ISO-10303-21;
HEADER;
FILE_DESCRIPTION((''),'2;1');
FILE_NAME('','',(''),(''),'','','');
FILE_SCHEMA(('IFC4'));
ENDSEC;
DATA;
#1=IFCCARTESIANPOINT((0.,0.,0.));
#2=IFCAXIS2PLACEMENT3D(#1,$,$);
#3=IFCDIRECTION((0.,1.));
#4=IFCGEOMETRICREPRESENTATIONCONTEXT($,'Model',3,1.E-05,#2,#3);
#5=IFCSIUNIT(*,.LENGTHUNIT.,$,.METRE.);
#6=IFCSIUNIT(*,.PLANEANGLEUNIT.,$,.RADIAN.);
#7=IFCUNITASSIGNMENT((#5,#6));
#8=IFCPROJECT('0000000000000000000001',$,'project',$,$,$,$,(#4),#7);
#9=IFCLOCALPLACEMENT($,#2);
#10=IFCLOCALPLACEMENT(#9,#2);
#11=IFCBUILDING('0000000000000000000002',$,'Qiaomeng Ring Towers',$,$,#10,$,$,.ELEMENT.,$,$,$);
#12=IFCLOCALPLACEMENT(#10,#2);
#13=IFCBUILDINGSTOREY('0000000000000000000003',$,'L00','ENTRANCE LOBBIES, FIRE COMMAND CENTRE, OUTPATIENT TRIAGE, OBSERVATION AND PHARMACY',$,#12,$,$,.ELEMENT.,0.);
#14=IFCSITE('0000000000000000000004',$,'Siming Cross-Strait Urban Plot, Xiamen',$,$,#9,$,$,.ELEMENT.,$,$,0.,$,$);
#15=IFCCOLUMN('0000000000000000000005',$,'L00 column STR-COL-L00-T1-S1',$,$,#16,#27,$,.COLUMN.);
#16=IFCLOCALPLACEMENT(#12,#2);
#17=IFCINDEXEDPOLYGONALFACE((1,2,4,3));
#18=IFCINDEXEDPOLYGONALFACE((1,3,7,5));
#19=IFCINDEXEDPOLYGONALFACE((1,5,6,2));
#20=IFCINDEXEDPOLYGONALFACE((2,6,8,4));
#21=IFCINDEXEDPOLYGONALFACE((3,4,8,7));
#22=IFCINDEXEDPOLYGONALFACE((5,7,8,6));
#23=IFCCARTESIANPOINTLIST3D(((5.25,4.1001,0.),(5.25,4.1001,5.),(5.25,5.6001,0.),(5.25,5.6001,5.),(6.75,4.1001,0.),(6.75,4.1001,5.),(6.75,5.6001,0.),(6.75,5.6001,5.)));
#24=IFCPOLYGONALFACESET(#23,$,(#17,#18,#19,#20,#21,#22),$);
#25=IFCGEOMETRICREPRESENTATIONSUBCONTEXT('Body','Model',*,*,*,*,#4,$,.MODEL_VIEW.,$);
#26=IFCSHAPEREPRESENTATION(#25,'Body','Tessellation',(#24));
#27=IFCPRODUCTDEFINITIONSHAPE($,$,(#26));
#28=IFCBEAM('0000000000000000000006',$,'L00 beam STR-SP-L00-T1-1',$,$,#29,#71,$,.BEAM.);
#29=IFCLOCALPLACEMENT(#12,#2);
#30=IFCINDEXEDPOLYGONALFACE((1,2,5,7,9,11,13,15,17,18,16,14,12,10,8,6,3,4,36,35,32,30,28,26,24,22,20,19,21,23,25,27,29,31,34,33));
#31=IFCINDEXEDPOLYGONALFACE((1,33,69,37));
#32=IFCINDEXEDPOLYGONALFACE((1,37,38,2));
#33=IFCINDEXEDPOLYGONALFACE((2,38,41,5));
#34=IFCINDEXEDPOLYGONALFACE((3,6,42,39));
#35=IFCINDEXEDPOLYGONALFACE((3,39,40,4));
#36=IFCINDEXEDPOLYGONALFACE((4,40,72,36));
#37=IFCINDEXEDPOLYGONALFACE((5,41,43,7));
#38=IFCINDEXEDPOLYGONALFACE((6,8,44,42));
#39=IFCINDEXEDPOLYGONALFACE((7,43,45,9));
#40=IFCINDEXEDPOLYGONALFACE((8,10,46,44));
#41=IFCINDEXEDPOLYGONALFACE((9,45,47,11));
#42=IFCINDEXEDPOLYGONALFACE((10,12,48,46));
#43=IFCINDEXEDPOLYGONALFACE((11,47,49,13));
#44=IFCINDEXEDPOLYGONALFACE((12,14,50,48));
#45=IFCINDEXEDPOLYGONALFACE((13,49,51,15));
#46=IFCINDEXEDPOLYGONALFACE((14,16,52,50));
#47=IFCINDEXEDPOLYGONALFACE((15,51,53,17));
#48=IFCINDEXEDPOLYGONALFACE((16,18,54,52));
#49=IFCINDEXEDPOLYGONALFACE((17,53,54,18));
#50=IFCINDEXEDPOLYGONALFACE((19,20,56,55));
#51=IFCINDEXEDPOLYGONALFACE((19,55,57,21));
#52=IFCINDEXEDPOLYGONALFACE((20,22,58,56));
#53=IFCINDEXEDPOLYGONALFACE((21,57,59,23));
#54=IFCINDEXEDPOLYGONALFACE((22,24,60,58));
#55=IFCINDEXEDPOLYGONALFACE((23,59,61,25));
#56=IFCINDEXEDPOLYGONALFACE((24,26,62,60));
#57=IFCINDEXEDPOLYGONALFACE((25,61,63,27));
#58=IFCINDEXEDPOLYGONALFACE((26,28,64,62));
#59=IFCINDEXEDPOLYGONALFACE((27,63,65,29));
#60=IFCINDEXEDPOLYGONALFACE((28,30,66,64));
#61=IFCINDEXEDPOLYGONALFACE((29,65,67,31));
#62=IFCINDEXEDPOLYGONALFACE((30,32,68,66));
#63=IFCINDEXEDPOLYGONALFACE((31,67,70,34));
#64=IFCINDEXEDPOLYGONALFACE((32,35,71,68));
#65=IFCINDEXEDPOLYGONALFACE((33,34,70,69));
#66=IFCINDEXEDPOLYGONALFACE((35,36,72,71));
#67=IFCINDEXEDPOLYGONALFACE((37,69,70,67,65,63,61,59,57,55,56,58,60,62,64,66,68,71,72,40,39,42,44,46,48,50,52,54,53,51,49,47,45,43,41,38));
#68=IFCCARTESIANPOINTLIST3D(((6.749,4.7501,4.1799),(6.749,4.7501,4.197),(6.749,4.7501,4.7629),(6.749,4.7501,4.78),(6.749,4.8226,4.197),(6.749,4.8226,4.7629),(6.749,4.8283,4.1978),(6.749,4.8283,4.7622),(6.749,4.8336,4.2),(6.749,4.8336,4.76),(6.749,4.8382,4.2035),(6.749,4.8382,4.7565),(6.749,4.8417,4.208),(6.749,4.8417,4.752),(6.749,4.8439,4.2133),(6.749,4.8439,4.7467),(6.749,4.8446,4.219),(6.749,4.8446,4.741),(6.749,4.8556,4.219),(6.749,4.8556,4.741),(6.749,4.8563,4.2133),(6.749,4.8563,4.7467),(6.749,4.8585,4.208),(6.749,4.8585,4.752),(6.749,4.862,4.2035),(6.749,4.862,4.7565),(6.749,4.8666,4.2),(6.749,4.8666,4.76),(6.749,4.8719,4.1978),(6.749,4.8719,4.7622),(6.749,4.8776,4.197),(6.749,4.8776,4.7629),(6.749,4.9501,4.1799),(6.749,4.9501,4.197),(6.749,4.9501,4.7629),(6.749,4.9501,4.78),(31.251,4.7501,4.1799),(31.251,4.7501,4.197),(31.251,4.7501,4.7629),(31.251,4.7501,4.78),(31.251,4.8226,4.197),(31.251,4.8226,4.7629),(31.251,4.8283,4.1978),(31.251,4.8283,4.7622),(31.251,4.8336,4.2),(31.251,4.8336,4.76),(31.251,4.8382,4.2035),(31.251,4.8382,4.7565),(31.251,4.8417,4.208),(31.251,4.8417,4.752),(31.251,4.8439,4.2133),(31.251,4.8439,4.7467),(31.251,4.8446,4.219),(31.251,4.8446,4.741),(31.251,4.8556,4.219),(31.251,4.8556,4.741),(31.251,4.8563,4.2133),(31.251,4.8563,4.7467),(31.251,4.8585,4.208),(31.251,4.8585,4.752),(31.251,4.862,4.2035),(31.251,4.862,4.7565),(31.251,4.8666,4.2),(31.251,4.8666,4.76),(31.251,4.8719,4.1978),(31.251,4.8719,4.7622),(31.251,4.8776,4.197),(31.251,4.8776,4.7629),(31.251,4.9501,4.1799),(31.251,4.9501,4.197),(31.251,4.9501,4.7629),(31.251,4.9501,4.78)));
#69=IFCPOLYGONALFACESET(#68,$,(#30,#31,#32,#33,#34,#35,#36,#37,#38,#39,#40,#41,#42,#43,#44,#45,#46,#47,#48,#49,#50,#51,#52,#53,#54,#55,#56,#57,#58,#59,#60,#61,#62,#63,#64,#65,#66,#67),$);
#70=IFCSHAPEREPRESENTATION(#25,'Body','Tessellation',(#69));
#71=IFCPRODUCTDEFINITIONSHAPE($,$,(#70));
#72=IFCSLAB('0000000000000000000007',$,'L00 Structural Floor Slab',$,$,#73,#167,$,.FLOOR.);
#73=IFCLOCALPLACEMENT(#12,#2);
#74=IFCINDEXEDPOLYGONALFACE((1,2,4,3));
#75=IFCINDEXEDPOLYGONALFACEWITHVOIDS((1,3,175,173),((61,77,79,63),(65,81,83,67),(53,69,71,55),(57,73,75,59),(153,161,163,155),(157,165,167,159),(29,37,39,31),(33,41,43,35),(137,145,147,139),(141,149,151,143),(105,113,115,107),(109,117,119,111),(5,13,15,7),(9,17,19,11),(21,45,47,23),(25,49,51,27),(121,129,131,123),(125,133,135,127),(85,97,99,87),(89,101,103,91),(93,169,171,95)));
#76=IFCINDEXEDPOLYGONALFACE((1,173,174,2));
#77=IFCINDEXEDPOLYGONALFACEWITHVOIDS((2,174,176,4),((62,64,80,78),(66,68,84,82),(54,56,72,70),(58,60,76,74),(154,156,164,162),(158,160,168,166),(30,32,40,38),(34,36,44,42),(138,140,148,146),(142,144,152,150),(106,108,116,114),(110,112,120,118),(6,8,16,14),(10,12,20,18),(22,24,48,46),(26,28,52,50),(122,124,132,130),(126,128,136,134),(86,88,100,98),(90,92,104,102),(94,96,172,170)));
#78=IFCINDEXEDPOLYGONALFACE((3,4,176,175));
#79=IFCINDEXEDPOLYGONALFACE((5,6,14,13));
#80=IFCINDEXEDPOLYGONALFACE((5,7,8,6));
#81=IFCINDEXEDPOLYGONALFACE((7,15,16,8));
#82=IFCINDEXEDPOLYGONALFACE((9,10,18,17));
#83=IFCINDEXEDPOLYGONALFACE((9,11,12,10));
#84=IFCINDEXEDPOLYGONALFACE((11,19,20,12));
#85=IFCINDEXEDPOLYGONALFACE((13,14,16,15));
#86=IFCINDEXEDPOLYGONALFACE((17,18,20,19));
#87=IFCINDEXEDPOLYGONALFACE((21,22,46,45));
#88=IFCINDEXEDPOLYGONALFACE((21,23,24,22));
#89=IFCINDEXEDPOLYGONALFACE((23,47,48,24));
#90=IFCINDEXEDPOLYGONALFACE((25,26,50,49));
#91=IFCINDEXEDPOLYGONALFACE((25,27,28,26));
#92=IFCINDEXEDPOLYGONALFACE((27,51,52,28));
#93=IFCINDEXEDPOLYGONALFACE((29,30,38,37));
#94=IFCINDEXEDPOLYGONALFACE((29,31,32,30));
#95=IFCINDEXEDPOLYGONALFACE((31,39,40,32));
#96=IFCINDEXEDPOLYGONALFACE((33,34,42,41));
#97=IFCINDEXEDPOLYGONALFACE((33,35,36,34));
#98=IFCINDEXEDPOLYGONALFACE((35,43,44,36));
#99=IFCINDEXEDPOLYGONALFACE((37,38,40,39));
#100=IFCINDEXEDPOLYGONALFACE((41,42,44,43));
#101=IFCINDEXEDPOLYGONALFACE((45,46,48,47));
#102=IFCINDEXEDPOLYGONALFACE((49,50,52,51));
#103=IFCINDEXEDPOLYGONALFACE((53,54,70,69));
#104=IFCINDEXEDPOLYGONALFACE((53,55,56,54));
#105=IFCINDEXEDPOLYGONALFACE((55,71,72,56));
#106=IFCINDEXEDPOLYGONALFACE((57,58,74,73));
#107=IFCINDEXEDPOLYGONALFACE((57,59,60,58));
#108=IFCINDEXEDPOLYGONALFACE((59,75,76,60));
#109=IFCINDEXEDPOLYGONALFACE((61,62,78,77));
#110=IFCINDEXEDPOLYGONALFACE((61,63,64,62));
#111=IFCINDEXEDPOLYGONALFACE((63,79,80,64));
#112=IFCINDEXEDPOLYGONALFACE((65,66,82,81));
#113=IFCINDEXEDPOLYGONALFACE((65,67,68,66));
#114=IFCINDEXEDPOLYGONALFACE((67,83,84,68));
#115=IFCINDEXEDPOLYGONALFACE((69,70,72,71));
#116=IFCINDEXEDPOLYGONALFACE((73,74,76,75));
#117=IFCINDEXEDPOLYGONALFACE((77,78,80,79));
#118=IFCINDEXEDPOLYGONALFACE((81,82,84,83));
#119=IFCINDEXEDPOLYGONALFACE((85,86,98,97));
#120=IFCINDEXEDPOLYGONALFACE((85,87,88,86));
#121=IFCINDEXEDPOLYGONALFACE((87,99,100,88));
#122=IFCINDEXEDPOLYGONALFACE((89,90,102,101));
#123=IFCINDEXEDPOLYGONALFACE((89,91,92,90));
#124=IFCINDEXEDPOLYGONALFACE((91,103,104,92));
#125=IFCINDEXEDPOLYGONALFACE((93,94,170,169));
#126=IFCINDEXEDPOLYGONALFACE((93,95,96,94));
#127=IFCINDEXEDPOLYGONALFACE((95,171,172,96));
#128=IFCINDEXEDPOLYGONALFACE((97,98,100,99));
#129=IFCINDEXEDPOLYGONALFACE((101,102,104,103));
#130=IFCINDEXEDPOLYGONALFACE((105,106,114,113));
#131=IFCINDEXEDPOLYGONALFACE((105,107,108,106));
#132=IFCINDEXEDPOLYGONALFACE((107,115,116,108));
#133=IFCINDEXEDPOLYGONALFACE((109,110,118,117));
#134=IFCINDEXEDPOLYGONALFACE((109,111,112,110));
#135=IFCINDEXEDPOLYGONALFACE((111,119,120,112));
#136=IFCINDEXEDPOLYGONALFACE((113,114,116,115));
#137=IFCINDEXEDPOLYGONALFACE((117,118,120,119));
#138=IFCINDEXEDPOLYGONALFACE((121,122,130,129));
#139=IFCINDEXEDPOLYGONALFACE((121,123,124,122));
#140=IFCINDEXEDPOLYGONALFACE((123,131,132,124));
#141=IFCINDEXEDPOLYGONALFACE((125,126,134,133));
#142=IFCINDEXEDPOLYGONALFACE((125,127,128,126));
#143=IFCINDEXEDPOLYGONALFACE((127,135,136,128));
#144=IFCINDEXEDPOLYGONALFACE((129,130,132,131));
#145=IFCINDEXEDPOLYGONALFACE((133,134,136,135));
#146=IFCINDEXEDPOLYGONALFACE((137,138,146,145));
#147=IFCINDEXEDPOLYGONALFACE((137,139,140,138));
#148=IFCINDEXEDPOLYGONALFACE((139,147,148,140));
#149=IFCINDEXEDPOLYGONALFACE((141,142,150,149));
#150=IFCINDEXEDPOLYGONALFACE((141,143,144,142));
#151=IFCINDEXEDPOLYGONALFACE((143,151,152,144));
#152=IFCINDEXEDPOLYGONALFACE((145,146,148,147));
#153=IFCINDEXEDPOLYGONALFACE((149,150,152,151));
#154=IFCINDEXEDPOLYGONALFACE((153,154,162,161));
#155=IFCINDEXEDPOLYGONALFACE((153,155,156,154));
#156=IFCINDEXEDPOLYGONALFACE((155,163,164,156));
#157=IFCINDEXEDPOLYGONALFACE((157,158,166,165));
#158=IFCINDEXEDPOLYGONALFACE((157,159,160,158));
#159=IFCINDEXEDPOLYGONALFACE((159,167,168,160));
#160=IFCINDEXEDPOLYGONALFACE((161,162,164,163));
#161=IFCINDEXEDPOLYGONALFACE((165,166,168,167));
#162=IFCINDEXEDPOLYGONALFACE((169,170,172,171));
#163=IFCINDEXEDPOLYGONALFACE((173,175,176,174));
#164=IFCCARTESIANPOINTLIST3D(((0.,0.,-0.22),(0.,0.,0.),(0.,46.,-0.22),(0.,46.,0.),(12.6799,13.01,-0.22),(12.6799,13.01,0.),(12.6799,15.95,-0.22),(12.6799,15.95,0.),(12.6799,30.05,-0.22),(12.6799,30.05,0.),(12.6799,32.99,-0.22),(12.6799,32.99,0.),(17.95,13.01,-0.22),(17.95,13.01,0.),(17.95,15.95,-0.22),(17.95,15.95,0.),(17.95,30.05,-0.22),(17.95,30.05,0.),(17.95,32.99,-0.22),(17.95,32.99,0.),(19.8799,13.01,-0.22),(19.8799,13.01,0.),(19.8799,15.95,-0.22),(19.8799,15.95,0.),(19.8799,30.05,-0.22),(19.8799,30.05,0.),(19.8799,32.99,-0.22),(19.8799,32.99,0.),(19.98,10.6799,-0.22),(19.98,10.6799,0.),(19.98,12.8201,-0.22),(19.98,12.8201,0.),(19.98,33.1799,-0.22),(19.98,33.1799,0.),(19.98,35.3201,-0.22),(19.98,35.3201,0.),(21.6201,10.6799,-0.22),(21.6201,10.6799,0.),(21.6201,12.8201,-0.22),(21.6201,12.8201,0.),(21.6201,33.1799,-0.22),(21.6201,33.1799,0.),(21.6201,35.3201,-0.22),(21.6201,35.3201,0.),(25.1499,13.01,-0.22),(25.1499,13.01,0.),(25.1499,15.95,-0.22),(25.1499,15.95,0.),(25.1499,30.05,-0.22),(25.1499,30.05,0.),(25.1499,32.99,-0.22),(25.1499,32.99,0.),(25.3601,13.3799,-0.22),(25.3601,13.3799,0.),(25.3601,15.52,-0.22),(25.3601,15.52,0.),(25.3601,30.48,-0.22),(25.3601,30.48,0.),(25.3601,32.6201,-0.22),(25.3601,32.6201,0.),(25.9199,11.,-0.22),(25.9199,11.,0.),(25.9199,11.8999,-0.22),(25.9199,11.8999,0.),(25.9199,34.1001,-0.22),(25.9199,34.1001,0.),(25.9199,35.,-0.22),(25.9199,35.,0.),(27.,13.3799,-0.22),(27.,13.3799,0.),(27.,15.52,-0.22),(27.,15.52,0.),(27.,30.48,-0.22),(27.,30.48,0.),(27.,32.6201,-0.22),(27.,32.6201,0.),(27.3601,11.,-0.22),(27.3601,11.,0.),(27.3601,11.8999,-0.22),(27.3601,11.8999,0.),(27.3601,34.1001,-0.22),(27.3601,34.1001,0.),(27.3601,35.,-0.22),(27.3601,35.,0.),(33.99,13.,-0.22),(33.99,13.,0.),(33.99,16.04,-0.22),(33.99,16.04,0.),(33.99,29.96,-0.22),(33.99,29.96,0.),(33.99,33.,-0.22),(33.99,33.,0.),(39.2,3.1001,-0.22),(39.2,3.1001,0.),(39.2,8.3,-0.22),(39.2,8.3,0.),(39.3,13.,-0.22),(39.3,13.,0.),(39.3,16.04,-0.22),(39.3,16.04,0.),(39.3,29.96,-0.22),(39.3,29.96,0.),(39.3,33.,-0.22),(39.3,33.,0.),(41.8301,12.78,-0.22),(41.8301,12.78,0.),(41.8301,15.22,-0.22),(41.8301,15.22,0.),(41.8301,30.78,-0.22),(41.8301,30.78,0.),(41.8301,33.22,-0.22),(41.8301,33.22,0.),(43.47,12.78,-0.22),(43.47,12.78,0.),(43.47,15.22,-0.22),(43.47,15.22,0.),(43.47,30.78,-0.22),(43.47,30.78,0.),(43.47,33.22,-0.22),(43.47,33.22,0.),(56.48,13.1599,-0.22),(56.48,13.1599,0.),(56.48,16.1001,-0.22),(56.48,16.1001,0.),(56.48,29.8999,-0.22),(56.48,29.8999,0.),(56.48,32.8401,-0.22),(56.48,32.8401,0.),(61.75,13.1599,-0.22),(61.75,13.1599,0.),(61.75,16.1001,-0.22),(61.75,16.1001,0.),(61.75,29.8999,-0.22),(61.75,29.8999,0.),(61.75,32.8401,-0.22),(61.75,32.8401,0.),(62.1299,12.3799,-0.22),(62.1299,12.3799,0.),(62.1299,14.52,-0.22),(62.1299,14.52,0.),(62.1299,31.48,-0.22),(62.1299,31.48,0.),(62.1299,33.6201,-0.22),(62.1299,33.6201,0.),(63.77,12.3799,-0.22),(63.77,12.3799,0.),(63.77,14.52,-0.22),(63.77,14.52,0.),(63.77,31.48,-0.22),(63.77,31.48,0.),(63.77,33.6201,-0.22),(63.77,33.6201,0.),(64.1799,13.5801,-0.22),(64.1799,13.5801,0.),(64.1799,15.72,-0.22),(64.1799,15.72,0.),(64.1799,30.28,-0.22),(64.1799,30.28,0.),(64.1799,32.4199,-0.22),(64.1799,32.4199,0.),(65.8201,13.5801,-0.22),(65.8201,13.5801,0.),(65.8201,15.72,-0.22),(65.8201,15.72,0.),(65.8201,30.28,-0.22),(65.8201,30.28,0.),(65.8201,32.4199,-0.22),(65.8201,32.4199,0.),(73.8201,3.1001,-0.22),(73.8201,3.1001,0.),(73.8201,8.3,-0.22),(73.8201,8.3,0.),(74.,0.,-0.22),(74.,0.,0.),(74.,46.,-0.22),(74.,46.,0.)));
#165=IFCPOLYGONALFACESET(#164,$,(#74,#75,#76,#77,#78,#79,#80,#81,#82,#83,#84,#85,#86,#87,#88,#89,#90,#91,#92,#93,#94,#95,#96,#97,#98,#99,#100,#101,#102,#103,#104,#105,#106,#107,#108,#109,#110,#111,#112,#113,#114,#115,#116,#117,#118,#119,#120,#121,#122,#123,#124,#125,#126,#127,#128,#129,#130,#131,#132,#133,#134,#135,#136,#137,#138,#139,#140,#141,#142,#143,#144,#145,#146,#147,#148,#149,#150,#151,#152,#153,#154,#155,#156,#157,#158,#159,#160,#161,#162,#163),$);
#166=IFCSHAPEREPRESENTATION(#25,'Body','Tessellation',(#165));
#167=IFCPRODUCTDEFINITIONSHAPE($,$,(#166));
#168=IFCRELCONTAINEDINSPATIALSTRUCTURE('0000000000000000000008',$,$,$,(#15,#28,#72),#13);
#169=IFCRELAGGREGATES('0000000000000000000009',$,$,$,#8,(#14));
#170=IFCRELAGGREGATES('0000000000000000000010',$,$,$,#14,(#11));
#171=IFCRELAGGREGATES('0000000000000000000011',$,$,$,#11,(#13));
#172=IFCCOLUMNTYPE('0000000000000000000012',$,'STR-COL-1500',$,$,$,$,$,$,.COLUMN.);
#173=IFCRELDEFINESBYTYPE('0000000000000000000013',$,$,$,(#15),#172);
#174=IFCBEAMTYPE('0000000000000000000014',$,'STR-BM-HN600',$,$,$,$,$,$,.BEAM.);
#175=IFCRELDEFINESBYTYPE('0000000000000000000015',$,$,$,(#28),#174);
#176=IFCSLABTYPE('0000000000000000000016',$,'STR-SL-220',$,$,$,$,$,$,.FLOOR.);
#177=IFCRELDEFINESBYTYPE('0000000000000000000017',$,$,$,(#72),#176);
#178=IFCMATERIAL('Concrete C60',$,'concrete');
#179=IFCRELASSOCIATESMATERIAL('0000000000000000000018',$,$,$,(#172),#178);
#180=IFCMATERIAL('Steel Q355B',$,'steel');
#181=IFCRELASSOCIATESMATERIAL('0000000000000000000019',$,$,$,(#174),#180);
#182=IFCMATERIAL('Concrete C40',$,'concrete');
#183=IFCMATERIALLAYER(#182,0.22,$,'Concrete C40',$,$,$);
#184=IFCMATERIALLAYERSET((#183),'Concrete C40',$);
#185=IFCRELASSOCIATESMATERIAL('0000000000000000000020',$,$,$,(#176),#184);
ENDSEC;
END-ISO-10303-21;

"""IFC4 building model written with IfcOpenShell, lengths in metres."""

from ifc_helpers import new_model, si_unit, direction, frame, origin, origin_2d, place, context, subcontext, project, spatial, polyline, rectangle, i_section, outline, extrude, source, transform, mapped, material, layer, layer_set, material_profile, profile_set, type_object, element, save


model = new_model("IFC4")

# Units and contexts
model_context = context("Model", 3, precision=1e-05, world=origin(), true_north=direction((0.0, 1.0)))
body_context = subcontext(model_context, "Body", "Model", "MODEL_VIEW")
ifc_project = project(units=[si_unit("LENGTHUNIT", "METRE"), si_unit("PLANEANGLEUNIT", "RADIAN")], contexts=[model_context])

# Site, building, storey
site_placement = place(None, origin())
site = spatial("IfcSite", under=ifc_project, at=site_placement, Name="Siming Cross-Strait Urban Plot, Xiamen", CompositionType="ELEMENT", RefElevation=0.0)
building_placement = place(site_placement, origin())
building = spatial("IfcBuilding", under=site, at=building_placement, Name="Qiaomeng Ring Towers", CompositionType="ELEMENT")
storey_placement = place(building_placement, origin())
storey = spatial("IfcBuildingStorey", under=building, at=storey_placement, Name="L00", Description="ENTRANCE LOBBIES, FIRE COMMAND CENTRE, OUTPATIENT TRIAGE, OBSERVATION AND PHARMACY", CompositionType="ELEMENT", Elevation=0.0)

# Column
ifc_material_1 = material(Name="Concrete C60", Category="concrete")
ifc_material_profile_1 = material_profile(ifc_material_1, rectangle(XDim=1.5, YDim=1.5, at=origin_2d()), Name="RC COL 1500x1500")
ifc_profile_set_1 = profile_set([ifc_material_profile_1], Name="Concrete C60")
column_type = type_object("IfcColumnType", Name="STR-COL-1500", PredefinedType="COLUMN", material=ifc_profile_set_1)
shared_shape_1 = source(origin(), body_context, "Body", "SweptSolid", [
    extrude(rectangle(XDim=1.5, YDim=1.5, at=origin_2d()), origin(), (0.0, 0.0, 1.0), 5.0),
])
column_placement = place(storey_placement, frame((6.0, 4.8501, 0.0), z_axis=(0.0, 0.0, 1.0), x_axis=(1.0, 0.0, 0.0)))
element("IfcColumn", 1, at=column_placement, inside=storey, type_object=column_type, Name="L00 column STR-COL-L00-T1-S1", PredefinedType="COLUMN", context=body_context, shape_type="MappedRepresentation", body=[
    mapped(shared_shape_1, transform((0.0, 0.0, 0.0), x_axis=(1.0, 0.0, 0.0), y_axis=(0.0, 1.0, 0.0), z_axis=(0.0, 0.0, 1.0), scale=1.0)),
])

# Beam
ifc_material_2 = material(Name="Steel Q355B", Category="steel")
ifc_material_profile_2 = material_profile(ifc_material_2, i_section(OverallWidth=0.2, OverallDepth=0.6001, WebThickness=0.011, FlangeThickness=0.0171, FilletRadius=0.022, at=origin_2d()), Name="HN 600x200x11x17")
ifc_profile_set_2 = profile_set([ifc_material_profile_2], Name="Steel Q355B")
beam_type = type_object("IfcBeamType", Name="STR-BM-HN600", PredefinedType="BEAM", material=ifc_profile_set_2)
shared_shape_2 = source(origin(), body_context, "Body", "SweptSolid", [
    extrude(i_section(OverallWidth=0.2, OverallDepth=0.6001, WebThickness=0.011, FlangeThickness=0.0171, FilletRadius=0.022, at=origin_2d()), origin(), (0.0, 0.0, 1.0), 24.502),
])
beam_placement = place(storey_placement, frame((6.749, 4.8501, 4.48), z_axis=(1.0, 0.0, 0.0), x_axis=(0.0, 1.0, 0.0)))
element("IfcBeam", 2, at=beam_placement, inside=storey, type_object=beam_type, Name="L00 beam STR-SP-L00-T1-1", PredefinedType="BEAM", context=body_context, shape_type="MappedRepresentation", body=[
    mapped(shared_shape_2, transform((0.0, 0.0, 0.0), x_axis=(1.0, 0.0, 0.0), y_axis=(0.0, 1.0, 0.0), z_axis=(0.0, 0.0, 1.0), scale=1.0)),
])

# Slab
ifc_material_3 = material(Name="Concrete C40", Category="concrete")
ifc_layer_1 = layer(ifc_material_3, 0.22, Name="Concrete C40")
ifc_layer_set_1 = layer_set([ifc_layer_1], Name="Concrete C40")
slab_type_1 = type_object("IfcSlabType", Name="STR-SL-220", PredefinedType="FLOOR", material=ifc_layer_set_1)
slab_1_placement = place(storey_placement, frame((0.0, 0.0, -0.22)))
element("IfcSlab", 3, at=slab_1_placement, inside=storey, type_object=slab_type_1, Name="L00 Structural Floor Slab", PredefinedType="FLOOR", context=body_context, shape_type="SweptSolid", body=[
    extrude(outline(polyline([(0.0, 0.0), (74.0, 0.0), (74.0, 46.0), (0.0, 46.0), (0.0, 0.0)]), holes=[polyline([(25.9199, 11.8999), (27.3601, 11.8999), (27.3601, 11.0), (25.9199, 11.0), (25.9199, 11.8999)]), polyline([(19.98, 12.8201), (21.6201, 12.8201), (21.6201, 10.6799), (19.98, 10.6799), (19.98, 12.8201)]), polyline([(25.3601, 15.52), (27.0, 15.52), (27.0, 13.3799), (25.3601, 13.3799), (25.3601, 15.52)]), polyline([(17.95, 15.95), (17.95, 13.01), (12.6799, 13.01), (12.6799, 15.95), (17.95, 15.95)]), polyline([(25.1499, 15.95), (25.1499, 13.01), (19.8799, 13.01), (19.8799, 15.95), (25.1499, 15.95)]), polyline([(33.99, 16.04), (39.3, 16.04), (39.3, 13.0), (33.99, 13.0), (33.99, 16.04)]), polyline([(39.3, 33.0), (39.3, 29.96), (33.99, 29.96), (33.99, 33.0), (39.3, 33.0)]), polyline([(17.95, 32.99), (17.95, 30.05), (12.6799, 30.05), (12.6799, 32.99), (17.95, 32.99)]), polyline([(19.8799, 32.99), (25.1499, 32.99), (25.1499, 30.05), (19.8799, 30.05), (19.8799, 32.99)]), polyline([(27.0, 32.6201), (27.0, 30.48), (25.3601, 30.48), (25.3601, 32.6201), (27.0, 32.6201)]), polyline([(21.6201, 35.3201), (21.6201, 33.1799), (19.98, 33.1799), (19.98, 35.3201), (21.6201, 35.3201)]), polyline([(25.9199, 35.0), (27.3601, 35.0), (27.3601, 34.1001), (25.9199, 34.1001), (25.9199, 35.0)]), polyline([(73.8201, 8.3), (73.8201, 3.1001), (39.2, 3.1001), (39.2, 8.3), (73.8201, 8.3)]), polyline([(63.77, 14.52), (63.77, 12.3799), (62.1299, 12.3799), (62.1299, 14.52), (63.77, 14.52)]), polyline([(41.8301, 15.22), (43.47, 15.22), (43.47, 12.78), (41.8301, 12.78), (41.8301, 15.22)]), polyline([(61.75, 16.1001), (61.75, 13.1599), (56.48, 13.1599), (56.48, 16.1001), (61.75, 16.1001)]), polyline([(65.8201, 15.72), (65.8201, 13.5801), (64.1799, 13.5801), (64.1799, 15.72), (65.8201, 15.72)]), polyline([(65.8201, 32.4199), (65.8201, 30.28), (64.1799, 30.28), (64.1799, 32.4199), (65.8201, 32.4199)]), polyline([(56.48, 32.8401), (61.75, 32.8401), (61.75, 29.8999), (56.48, 29.8999), (56.48, 32.8401)]), polyline([(43.47, 33.22), (43.47, 30.78), (41.8301, 30.78), (41.8301, 33.22), (43.47, 33.22)]), polyline([(63.77, 33.6201), (63.77, 31.48), (62.1299, 31.48), (62.1299, 33.6201), (63.77, 33.6201)])]), origin(), (0.0, 0.0, 1.0), 0.22),
])

save(model, "model.ifc")
